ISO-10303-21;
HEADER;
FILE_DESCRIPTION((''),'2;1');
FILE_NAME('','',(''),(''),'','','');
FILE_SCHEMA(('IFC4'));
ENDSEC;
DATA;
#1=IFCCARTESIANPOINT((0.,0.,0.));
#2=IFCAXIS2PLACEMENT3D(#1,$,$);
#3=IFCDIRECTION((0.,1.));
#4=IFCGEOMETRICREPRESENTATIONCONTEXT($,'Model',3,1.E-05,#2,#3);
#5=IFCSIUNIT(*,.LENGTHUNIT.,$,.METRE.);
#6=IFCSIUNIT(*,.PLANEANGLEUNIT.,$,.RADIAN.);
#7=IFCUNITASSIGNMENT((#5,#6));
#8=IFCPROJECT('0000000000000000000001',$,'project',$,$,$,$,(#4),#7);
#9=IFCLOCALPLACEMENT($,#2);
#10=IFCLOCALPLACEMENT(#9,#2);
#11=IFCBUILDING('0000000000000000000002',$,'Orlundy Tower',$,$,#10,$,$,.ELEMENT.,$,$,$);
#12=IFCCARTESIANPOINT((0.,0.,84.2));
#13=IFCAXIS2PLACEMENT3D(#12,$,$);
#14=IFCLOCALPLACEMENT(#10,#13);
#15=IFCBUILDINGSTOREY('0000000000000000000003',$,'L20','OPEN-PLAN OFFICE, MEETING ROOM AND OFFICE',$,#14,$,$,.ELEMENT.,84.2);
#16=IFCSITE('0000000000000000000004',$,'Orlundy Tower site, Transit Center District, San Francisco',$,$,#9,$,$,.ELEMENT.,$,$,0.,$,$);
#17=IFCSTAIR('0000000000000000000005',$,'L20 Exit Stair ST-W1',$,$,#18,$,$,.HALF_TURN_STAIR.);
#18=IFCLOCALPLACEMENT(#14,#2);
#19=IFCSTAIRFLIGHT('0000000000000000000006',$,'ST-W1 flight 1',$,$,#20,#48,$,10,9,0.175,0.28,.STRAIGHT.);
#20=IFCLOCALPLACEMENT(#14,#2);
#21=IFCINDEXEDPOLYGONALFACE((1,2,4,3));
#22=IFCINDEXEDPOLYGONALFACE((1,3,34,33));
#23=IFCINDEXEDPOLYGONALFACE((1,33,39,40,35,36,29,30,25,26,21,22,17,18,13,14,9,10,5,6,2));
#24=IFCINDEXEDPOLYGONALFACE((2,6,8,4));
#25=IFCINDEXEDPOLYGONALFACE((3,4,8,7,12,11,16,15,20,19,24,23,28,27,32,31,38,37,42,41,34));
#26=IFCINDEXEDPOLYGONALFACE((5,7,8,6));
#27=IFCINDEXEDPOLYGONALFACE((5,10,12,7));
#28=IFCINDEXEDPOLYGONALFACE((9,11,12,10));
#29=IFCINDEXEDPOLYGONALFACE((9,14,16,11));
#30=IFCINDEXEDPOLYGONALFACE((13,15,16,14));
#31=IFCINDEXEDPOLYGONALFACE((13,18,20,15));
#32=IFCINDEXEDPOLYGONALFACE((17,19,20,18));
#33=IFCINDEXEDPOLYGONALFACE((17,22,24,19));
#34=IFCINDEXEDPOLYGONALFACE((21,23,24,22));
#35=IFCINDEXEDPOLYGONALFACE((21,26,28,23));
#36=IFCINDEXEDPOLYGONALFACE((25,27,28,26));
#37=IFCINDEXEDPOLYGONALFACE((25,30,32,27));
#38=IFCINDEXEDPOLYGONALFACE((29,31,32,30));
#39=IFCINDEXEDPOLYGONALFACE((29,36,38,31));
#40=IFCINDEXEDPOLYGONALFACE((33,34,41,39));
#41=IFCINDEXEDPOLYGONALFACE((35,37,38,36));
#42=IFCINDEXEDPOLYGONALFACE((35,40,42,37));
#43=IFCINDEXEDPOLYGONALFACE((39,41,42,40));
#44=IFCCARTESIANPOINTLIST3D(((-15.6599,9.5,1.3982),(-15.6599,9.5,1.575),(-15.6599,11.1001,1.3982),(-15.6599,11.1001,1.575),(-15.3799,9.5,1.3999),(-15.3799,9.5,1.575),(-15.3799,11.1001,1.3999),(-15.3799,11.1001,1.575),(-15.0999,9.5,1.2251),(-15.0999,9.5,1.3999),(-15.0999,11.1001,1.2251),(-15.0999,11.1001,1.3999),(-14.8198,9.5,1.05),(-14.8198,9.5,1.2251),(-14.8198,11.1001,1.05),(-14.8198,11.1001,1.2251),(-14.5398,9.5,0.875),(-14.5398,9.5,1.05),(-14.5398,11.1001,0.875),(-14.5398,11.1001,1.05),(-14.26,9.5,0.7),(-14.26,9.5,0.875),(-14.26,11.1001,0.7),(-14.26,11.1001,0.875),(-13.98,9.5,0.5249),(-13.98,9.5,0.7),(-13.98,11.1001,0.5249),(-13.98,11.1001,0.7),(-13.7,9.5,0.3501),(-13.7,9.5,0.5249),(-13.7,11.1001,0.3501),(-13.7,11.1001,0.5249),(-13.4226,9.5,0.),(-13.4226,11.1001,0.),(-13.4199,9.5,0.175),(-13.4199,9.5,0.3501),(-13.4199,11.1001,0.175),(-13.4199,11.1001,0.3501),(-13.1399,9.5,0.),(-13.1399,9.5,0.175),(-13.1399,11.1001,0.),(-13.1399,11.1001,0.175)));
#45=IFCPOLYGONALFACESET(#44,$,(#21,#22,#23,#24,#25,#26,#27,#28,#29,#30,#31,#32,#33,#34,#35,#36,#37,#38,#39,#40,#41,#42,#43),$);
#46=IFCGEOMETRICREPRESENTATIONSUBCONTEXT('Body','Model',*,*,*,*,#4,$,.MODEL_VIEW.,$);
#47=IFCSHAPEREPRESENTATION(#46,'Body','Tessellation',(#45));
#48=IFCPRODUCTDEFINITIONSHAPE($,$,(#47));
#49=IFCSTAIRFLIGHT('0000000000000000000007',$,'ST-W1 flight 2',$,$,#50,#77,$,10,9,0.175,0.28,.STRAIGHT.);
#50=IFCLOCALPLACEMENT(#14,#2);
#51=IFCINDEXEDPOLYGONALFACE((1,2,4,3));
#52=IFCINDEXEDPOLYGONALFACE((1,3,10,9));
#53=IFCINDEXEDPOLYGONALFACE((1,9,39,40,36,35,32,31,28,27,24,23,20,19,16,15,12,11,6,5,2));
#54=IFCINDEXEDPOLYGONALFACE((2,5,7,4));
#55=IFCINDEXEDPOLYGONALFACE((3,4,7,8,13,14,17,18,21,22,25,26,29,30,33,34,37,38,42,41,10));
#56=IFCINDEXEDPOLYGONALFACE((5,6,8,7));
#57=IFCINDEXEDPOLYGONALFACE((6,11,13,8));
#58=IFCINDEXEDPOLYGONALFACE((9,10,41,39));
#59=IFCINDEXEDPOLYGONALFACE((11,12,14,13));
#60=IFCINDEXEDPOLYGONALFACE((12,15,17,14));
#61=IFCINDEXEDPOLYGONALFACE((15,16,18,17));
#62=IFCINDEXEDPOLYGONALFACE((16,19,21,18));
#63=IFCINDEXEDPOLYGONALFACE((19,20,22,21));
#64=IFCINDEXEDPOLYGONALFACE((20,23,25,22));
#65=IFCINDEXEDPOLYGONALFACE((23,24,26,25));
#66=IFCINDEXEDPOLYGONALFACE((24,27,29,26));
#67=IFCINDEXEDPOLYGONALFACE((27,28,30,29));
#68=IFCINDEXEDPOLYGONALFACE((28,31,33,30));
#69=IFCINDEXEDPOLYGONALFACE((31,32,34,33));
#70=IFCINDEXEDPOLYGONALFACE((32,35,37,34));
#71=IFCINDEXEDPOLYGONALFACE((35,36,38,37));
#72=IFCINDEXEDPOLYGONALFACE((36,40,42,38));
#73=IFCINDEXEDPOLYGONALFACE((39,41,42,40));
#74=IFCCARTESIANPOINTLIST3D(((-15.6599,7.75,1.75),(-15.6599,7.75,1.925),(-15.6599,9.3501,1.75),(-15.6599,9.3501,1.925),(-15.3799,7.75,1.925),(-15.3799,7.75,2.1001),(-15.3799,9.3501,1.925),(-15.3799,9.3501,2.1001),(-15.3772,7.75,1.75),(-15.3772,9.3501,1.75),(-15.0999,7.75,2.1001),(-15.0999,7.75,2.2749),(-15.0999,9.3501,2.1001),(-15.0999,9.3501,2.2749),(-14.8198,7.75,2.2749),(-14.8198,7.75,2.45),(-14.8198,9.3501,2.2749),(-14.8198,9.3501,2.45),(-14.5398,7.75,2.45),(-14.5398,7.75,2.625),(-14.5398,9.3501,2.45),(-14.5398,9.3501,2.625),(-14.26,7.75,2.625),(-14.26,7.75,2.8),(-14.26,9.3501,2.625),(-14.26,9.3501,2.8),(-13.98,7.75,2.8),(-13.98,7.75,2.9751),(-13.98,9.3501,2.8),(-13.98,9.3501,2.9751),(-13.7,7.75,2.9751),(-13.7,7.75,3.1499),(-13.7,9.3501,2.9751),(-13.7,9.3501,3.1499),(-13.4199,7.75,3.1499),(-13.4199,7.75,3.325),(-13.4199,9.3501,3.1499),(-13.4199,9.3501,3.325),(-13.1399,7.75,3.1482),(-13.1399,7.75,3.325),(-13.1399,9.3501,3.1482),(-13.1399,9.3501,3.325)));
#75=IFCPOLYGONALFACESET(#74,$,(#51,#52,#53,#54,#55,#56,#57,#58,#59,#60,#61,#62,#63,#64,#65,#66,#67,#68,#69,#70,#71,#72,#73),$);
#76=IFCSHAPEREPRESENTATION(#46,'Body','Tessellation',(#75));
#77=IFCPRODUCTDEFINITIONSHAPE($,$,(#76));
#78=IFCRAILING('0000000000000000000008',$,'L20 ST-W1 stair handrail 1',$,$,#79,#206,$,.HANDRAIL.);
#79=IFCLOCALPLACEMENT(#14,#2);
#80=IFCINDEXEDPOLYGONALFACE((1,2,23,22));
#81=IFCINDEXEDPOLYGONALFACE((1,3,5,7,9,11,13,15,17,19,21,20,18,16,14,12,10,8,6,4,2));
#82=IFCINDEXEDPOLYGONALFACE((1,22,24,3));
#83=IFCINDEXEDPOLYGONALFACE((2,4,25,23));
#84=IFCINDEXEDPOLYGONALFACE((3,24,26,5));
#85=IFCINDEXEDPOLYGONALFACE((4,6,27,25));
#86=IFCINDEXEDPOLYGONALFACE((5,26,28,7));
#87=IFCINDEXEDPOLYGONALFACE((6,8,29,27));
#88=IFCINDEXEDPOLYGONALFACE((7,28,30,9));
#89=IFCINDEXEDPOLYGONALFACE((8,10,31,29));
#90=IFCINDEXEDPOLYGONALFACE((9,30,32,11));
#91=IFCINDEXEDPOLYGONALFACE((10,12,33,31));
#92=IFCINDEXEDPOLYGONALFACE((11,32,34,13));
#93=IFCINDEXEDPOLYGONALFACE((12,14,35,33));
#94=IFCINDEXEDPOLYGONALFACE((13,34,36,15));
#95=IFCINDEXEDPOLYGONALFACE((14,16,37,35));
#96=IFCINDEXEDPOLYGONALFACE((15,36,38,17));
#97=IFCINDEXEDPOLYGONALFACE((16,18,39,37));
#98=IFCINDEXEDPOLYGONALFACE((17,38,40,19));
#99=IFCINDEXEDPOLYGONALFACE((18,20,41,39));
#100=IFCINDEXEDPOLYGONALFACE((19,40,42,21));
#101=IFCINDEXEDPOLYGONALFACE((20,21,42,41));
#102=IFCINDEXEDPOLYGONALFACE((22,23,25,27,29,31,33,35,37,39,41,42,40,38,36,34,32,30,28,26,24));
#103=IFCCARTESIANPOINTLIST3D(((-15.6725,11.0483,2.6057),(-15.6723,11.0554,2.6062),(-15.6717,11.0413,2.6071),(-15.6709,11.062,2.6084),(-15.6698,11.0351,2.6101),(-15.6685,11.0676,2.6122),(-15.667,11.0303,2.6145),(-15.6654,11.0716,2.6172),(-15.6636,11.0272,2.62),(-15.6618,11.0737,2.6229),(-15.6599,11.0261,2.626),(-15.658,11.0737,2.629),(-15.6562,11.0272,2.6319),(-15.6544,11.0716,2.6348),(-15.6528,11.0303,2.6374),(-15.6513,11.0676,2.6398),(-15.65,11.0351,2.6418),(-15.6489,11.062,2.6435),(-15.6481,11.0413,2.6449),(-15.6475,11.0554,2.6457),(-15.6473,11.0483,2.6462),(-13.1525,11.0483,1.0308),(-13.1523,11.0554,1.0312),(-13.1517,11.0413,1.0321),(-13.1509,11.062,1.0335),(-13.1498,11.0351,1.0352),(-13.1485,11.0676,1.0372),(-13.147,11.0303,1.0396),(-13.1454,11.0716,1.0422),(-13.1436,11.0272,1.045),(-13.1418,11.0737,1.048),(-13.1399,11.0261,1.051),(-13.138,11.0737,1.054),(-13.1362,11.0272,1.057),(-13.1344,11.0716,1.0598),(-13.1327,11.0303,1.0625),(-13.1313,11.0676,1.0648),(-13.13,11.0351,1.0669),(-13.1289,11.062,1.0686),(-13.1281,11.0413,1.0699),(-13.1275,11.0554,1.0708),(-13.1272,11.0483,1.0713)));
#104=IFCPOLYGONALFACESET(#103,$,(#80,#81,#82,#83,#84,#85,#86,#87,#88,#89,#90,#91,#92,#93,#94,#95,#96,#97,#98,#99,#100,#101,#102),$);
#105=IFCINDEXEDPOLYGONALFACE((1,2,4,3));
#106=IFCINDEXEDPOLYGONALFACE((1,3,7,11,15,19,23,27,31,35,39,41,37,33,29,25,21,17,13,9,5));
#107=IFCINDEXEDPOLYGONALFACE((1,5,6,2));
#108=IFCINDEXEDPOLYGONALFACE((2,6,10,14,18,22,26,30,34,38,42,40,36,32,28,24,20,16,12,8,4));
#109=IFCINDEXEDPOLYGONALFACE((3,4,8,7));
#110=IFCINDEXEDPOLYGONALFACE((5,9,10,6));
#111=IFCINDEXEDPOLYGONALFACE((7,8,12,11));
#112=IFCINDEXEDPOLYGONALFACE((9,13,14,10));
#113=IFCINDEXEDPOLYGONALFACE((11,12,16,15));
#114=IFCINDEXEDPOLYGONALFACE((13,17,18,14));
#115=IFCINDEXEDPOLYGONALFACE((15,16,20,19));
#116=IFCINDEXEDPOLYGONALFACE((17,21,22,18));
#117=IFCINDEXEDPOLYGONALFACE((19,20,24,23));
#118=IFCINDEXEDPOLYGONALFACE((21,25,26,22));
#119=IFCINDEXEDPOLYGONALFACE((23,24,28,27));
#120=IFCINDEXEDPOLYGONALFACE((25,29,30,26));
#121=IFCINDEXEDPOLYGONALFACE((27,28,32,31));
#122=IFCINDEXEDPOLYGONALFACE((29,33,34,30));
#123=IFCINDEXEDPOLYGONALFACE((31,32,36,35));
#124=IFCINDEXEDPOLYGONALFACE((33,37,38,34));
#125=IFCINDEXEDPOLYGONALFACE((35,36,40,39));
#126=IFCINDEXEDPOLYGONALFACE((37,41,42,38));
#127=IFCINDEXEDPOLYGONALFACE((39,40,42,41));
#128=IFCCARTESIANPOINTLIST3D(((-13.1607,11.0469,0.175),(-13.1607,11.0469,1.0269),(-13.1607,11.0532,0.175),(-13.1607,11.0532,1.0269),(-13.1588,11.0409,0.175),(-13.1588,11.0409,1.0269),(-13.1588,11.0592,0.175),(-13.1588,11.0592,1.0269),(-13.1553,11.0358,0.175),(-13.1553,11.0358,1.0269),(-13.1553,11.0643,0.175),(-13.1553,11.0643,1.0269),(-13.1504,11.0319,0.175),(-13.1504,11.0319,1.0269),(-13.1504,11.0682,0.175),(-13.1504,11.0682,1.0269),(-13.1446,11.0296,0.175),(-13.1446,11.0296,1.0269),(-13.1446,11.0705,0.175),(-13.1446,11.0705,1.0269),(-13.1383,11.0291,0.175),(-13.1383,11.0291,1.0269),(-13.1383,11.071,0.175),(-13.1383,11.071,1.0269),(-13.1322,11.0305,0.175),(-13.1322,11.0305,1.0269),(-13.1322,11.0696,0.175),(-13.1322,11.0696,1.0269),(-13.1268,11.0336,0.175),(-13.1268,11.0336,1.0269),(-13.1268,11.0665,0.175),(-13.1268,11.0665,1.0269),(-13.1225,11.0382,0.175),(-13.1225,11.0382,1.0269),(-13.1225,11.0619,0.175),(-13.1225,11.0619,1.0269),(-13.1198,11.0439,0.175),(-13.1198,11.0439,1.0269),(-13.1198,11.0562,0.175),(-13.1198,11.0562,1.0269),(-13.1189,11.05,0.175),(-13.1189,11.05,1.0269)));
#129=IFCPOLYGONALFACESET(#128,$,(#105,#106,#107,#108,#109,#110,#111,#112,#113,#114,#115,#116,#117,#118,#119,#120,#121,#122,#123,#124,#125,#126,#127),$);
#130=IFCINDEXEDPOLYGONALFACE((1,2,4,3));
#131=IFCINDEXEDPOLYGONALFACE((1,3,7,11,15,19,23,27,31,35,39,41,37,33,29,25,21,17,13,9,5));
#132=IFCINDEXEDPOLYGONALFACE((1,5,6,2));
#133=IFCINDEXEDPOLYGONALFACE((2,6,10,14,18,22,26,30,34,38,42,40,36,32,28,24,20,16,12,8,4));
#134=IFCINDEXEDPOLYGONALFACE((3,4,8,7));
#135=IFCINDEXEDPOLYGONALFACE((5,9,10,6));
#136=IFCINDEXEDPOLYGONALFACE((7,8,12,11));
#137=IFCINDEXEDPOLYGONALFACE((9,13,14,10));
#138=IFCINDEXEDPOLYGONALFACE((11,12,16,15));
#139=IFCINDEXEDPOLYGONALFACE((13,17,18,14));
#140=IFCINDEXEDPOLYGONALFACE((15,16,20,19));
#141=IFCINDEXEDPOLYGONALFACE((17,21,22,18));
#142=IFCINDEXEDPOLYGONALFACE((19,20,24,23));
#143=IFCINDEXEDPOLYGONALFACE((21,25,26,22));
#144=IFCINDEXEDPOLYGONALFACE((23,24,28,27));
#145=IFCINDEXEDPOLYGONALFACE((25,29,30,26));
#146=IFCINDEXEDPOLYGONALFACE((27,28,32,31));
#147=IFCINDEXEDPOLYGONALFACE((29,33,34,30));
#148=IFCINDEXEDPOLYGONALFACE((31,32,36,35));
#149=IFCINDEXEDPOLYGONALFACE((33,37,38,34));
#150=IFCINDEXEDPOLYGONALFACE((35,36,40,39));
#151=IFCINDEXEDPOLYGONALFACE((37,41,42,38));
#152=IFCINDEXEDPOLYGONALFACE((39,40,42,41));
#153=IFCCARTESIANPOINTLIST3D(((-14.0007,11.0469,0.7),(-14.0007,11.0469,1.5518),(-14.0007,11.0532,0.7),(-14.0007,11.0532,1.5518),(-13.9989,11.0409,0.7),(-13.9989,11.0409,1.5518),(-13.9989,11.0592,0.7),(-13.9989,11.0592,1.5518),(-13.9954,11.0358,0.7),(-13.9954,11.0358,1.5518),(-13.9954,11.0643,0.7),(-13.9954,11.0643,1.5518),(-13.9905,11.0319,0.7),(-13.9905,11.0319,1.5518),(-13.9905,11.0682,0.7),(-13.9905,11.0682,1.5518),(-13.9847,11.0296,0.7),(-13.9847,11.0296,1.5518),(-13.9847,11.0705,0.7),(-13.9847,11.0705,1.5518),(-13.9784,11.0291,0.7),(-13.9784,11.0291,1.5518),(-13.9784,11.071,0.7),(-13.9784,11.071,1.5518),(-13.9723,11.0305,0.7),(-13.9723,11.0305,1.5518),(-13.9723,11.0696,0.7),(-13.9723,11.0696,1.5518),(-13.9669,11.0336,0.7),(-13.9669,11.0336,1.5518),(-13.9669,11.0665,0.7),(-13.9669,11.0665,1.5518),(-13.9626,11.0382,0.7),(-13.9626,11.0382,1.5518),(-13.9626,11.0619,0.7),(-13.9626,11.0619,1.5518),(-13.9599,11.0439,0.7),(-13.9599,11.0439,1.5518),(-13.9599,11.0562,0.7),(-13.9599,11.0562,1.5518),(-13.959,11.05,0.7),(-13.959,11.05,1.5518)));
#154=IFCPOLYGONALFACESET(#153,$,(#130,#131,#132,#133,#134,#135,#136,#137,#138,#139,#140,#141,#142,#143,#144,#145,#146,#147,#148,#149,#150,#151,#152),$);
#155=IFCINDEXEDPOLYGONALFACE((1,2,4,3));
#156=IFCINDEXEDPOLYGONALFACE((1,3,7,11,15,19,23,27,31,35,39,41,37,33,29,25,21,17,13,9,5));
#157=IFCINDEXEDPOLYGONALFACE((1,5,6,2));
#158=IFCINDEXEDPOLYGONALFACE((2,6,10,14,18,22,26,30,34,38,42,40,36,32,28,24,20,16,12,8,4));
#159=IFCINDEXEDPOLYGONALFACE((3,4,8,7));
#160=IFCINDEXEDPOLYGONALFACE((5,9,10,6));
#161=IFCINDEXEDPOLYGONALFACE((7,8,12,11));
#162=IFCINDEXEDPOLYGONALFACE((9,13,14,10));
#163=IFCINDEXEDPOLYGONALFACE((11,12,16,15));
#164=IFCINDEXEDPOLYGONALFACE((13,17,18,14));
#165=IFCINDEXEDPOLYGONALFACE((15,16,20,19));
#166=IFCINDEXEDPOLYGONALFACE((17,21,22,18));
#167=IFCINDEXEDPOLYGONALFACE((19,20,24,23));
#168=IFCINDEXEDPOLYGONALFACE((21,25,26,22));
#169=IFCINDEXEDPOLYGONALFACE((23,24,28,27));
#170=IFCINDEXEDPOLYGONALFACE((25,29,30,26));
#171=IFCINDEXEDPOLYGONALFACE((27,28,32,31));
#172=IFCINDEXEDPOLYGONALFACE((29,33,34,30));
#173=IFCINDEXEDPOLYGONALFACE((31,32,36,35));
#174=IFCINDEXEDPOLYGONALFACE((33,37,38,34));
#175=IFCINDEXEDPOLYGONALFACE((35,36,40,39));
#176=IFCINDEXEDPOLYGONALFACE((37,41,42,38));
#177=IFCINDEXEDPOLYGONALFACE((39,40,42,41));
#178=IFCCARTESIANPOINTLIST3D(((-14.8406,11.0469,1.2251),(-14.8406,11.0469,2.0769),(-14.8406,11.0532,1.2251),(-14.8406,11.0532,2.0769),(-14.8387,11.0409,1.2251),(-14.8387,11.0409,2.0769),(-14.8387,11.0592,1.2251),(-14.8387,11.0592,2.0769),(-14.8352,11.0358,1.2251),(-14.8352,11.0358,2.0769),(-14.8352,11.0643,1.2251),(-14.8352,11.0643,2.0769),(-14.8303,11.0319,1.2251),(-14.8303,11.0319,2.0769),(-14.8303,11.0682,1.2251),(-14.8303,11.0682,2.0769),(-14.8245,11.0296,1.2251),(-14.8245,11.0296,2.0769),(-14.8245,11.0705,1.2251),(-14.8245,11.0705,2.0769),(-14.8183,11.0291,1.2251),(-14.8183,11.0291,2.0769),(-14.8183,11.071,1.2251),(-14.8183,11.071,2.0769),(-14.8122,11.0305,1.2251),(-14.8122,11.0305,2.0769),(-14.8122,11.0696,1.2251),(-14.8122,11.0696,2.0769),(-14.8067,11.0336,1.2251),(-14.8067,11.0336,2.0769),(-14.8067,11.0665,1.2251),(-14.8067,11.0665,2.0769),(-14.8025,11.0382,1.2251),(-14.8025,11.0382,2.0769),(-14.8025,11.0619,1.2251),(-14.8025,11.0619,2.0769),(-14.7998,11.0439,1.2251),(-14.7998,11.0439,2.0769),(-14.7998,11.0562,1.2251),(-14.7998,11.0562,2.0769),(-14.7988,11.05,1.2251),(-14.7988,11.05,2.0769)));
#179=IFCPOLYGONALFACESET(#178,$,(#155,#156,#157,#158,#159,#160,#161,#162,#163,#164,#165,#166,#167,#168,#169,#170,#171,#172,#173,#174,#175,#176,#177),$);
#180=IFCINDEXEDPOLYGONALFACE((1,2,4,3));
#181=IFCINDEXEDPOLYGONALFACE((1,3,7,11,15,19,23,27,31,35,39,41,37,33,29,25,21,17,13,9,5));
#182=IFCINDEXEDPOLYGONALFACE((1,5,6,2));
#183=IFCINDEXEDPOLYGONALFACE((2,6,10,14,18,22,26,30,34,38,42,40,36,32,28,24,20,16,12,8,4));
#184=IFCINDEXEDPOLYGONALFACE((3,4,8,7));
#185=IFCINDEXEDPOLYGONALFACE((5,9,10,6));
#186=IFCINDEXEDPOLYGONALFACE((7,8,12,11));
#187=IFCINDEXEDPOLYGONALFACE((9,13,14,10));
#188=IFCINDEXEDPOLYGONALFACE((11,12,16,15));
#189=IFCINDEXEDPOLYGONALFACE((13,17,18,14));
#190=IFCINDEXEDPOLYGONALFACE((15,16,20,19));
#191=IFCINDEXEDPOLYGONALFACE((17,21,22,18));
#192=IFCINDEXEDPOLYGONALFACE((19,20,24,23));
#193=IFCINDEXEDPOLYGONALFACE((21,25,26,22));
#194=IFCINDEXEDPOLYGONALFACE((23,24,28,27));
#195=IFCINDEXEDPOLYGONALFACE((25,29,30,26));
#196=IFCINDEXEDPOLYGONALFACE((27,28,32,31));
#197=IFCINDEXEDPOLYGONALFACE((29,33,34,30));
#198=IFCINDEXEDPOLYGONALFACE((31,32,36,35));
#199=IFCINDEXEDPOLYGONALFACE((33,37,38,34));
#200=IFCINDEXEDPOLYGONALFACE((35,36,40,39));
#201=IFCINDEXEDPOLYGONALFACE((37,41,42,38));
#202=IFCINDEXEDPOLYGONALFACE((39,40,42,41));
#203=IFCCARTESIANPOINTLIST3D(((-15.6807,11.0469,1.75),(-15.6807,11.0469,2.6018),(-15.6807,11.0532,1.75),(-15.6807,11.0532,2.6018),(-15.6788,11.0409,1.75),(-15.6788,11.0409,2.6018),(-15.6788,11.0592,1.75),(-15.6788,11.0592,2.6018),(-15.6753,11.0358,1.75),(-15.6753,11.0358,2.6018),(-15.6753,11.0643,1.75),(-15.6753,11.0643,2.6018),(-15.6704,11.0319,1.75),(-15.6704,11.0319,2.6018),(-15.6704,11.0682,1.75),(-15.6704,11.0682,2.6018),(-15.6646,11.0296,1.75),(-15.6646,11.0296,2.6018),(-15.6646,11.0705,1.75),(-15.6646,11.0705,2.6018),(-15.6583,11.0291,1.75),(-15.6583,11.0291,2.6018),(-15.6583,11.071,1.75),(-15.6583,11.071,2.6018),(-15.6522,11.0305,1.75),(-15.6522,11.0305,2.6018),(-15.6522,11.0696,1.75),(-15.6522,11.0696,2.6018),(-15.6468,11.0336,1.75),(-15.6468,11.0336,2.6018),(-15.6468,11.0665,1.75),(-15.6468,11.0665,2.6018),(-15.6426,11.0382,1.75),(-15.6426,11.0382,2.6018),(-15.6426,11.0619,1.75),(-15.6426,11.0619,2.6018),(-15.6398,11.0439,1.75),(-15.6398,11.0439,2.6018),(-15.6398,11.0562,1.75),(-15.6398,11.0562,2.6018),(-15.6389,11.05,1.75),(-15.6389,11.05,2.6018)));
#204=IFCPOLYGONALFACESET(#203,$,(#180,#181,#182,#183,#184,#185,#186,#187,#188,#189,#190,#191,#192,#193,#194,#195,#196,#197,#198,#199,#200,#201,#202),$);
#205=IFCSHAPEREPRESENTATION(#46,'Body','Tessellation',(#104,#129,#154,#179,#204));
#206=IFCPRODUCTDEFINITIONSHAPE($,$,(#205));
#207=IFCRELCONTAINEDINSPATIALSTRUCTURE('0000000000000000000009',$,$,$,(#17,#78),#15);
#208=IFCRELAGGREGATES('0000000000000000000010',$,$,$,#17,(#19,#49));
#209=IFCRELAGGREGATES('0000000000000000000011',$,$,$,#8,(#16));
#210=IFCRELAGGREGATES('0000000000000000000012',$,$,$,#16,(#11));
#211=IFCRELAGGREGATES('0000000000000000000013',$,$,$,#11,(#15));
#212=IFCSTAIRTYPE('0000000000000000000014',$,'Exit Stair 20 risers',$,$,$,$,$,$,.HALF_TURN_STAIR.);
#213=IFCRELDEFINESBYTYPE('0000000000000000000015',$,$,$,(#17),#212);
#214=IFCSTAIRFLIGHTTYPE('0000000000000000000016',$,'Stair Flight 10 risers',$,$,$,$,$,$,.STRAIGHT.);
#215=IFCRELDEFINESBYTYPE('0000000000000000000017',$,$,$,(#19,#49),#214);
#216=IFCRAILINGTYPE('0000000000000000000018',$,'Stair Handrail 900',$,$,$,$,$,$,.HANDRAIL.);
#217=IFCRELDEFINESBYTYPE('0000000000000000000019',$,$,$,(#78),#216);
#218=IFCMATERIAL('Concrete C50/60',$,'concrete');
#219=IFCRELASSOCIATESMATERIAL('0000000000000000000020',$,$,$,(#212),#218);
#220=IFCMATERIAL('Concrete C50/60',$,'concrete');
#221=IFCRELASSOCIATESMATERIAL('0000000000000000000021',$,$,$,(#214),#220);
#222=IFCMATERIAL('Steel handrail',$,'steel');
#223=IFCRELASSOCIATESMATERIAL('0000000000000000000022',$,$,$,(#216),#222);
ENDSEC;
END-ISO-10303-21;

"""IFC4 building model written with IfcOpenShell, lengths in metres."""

from ifc_helpers import new_model, si_unit, direction, frame, origin, origin_2d, place, context, subcontext, project, spatial, polyline, circle, outline, extrude, material, type_object, element, aggregate, save


model = new_model("IFC4")

# Units and contexts
model_context = context("Model", 3, precision=1e-05, world=origin(), true_north=direction((0.0, 1.0)))
body_context = subcontext(model_context, "Body", "Model", "MODEL_VIEW")
ifc_project = project(units=[si_unit("LENGTHUNIT", "METRE"), si_unit("PLANEANGLEUNIT", "RADIAN")], contexts=[model_context])

# Site, building, storey
site_placement = place(None, origin())
site = spatial("IfcSite", under=ifc_project, at=site_placement, Name="Orlundy Tower site, Transit Center District, San Francisco", CompositionType="ELEMENT", RefElevation=0.0)
building_placement = place(site_placement, origin())
building = spatial("IfcBuilding", under=site, at=building_placement, Name="Orlundy Tower", CompositionType="ELEMENT")
storey_placement = place(building_placement, frame((0.0, 0.0, 84.2)))
storey = spatial("IfcBuildingStorey", under=building, at=storey_placement, Name="L20", Description="OPEN-PLAN OFFICE, MEETING ROOM AND OFFICE", CompositionType="ELEMENT", Elevation=84.2)

# Stair, stair flights
ifc_material_1 = material(Name="Concrete C50/60", Category="concrete")
stair_type = type_object("IfcStairType", Name="Exit Stair 20 risers", PredefinedType="HALF_TURN_STAIR", material=ifc_material_1)
stair_placement = place(storey_placement, origin())
stair = element("IfcStair", 1, at=stair_placement, inside=storey, type_object=stair_type, Name="L20 Exit Stair ST-W1", PredefinedType="HALF_TURN_STAIR")
ifc_material_2 = material(Name="Concrete C50/60", Category="concrete")
stair_flight_type = type_object("IfcStairFlightType", Name="Stair Flight 10 risers", PredefinedType="STRAIGHT", material=ifc_material_2)
stair_flight_1_placement = place(storey_placement, frame((-13.1399, 10.3, 0.0), z_axis=(0.0, 0.0, 1.0), x_axis=(-1.0, 0.0, 0.0)))
stair_flight_1 = element("IfcStairFlight", 2, at=stair_flight_1_placement, type_object=stair_flight_type, Name="ST-W1 flight 1", NumberOfRisers=10, NumberOfTreads=9, PredefinedType="STRAIGHT", RiserHeight=0.175, TreadLength=0.28, context=body_context, shape_type="SweptSolid", body=[
    extrude(outline(polyline([(0.0, 0.0), (0.0, 0.175), (0.28, 0.175), (0.28, 0.3501), (0.5601, 0.3501), (0.5601, 0.5249), (0.8401, 0.5249), (0.8401, 0.7), (1.1201, 0.7), (1.1201, 0.875), (1.3999, 0.875), (1.3999, 1.05), (1.6799, 1.05), (1.6799, 1.2251), (1.96, 1.2251), (1.96, 1.3999), (2.24, 1.3999), (2.24, 1.575), (2.52, 1.575), (2.52, 1.75), (2.52, 1.3982), (0.2827, 0.0), (0.0, 0.0)])), frame((0.0, 0.8, 0.0), z_axis=(0.0, -1.0, 0.0), x_axis=(1.0, 0.0, 0.0)), (0.0, 0.0, 1.0), 1.6001),
])
stair_flight_2_placement = place(storey_placement, frame((-15.6599, 8.55, 1.75), z_axis=(0.0, 0.0, 1.0), x_axis=(1.0, 0.0, 0.0)))
stair_flight_2 = element("IfcStairFlight", 3, at=stair_flight_2_placement, type_object=stair_flight_type, Name="ST-W1 flight 2", NumberOfRisers=10, NumberOfTreads=9, PredefinedType="STRAIGHT", RiserHeight=0.175, TreadLength=0.28, context=body_context, shape_type="SweptSolid", body=[
    extrude(outline(polyline([(0.0, 0.0), (0.0, 0.175), (0.28, 0.175), (0.28, 0.3501), (0.5601, 0.3501), (0.5601, 0.5249), (0.8401, 0.5249), (0.8401, 0.7), (1.1201, 0.7), (1.1201, 0.875), (1.3999, 0.875), (1.3999, 1.05), (1.6799, 1.05), (1.6799, 1.2251), (1.96, 1.2251), (1.96, 1.3999), (2.24, 1.3999), (2.24, 1.575), (2.52, 1.575), (2.52, 1.75), (2.52, 1.3982), (0.2827, 0.0), (0.0, 0.0)])), frame((0.0, 0.8, 0.0), z_axis=(0.0, -1.0, 0.0), x_axis=(1.0, 0.0, 0.0)), (0.0, 0.0, 1.0), 1.6001),
])
aggregate(stair, [stair_flight_1, stair_flight_2])

# Railing
ifc_material_3 = material(Name="Steel handrail", Category="steel")
railing_type_1 = type_object("IfcRailingType", Name="Stair Handrail 900", PredefinedType="HANDRAIL", material=ifc_material_3)
railing_1_placement = place(storey_placement, frame((-13.1399, 11.05, 0.175)))
element("IfcRailing", 4, at=railing_1_placement, inside=storey, type_object=railing_type_1, Name="L20 ST-W1 stair handrail 1", PredefinedType="HANDRAIL", context=body_context, shape_type="SweptSolid", body=[
    extrude(circle(Radius=0.0239, at=origin_2d()), frame((0.0, 0.0, 0.876), z_axis=(-0.848008, 0.0, 0.529984), x_axis=(0.0, -1.0, 0.0)), (0.0, 0.0, 1.0), 2.9717),
    extrude(circle(Radius=0.021, at=origin_2d()), origin(), (0.0, 0.0, 1.0), 0.8518),
    extrude(circle(Radius=0.021, at=origin_2d()), frame((-0.8401, 0.0, 0.5249)), (0.0, 0.0, 1.0), 0.8518),
    extrude(circle(Radius=0.021, at=origin_2d()), frame((-1.6799, 0.0, 1.05)), (0.0, 0.0, 1.0), 0.8518),
    extrude(circle(Radius=0.021, at=origin_2d()), frame((-2.52, 0.0, 1.575)), (0.0, 0.0, 1.0), 0.8518),
])

save(model, "model.ifc")
